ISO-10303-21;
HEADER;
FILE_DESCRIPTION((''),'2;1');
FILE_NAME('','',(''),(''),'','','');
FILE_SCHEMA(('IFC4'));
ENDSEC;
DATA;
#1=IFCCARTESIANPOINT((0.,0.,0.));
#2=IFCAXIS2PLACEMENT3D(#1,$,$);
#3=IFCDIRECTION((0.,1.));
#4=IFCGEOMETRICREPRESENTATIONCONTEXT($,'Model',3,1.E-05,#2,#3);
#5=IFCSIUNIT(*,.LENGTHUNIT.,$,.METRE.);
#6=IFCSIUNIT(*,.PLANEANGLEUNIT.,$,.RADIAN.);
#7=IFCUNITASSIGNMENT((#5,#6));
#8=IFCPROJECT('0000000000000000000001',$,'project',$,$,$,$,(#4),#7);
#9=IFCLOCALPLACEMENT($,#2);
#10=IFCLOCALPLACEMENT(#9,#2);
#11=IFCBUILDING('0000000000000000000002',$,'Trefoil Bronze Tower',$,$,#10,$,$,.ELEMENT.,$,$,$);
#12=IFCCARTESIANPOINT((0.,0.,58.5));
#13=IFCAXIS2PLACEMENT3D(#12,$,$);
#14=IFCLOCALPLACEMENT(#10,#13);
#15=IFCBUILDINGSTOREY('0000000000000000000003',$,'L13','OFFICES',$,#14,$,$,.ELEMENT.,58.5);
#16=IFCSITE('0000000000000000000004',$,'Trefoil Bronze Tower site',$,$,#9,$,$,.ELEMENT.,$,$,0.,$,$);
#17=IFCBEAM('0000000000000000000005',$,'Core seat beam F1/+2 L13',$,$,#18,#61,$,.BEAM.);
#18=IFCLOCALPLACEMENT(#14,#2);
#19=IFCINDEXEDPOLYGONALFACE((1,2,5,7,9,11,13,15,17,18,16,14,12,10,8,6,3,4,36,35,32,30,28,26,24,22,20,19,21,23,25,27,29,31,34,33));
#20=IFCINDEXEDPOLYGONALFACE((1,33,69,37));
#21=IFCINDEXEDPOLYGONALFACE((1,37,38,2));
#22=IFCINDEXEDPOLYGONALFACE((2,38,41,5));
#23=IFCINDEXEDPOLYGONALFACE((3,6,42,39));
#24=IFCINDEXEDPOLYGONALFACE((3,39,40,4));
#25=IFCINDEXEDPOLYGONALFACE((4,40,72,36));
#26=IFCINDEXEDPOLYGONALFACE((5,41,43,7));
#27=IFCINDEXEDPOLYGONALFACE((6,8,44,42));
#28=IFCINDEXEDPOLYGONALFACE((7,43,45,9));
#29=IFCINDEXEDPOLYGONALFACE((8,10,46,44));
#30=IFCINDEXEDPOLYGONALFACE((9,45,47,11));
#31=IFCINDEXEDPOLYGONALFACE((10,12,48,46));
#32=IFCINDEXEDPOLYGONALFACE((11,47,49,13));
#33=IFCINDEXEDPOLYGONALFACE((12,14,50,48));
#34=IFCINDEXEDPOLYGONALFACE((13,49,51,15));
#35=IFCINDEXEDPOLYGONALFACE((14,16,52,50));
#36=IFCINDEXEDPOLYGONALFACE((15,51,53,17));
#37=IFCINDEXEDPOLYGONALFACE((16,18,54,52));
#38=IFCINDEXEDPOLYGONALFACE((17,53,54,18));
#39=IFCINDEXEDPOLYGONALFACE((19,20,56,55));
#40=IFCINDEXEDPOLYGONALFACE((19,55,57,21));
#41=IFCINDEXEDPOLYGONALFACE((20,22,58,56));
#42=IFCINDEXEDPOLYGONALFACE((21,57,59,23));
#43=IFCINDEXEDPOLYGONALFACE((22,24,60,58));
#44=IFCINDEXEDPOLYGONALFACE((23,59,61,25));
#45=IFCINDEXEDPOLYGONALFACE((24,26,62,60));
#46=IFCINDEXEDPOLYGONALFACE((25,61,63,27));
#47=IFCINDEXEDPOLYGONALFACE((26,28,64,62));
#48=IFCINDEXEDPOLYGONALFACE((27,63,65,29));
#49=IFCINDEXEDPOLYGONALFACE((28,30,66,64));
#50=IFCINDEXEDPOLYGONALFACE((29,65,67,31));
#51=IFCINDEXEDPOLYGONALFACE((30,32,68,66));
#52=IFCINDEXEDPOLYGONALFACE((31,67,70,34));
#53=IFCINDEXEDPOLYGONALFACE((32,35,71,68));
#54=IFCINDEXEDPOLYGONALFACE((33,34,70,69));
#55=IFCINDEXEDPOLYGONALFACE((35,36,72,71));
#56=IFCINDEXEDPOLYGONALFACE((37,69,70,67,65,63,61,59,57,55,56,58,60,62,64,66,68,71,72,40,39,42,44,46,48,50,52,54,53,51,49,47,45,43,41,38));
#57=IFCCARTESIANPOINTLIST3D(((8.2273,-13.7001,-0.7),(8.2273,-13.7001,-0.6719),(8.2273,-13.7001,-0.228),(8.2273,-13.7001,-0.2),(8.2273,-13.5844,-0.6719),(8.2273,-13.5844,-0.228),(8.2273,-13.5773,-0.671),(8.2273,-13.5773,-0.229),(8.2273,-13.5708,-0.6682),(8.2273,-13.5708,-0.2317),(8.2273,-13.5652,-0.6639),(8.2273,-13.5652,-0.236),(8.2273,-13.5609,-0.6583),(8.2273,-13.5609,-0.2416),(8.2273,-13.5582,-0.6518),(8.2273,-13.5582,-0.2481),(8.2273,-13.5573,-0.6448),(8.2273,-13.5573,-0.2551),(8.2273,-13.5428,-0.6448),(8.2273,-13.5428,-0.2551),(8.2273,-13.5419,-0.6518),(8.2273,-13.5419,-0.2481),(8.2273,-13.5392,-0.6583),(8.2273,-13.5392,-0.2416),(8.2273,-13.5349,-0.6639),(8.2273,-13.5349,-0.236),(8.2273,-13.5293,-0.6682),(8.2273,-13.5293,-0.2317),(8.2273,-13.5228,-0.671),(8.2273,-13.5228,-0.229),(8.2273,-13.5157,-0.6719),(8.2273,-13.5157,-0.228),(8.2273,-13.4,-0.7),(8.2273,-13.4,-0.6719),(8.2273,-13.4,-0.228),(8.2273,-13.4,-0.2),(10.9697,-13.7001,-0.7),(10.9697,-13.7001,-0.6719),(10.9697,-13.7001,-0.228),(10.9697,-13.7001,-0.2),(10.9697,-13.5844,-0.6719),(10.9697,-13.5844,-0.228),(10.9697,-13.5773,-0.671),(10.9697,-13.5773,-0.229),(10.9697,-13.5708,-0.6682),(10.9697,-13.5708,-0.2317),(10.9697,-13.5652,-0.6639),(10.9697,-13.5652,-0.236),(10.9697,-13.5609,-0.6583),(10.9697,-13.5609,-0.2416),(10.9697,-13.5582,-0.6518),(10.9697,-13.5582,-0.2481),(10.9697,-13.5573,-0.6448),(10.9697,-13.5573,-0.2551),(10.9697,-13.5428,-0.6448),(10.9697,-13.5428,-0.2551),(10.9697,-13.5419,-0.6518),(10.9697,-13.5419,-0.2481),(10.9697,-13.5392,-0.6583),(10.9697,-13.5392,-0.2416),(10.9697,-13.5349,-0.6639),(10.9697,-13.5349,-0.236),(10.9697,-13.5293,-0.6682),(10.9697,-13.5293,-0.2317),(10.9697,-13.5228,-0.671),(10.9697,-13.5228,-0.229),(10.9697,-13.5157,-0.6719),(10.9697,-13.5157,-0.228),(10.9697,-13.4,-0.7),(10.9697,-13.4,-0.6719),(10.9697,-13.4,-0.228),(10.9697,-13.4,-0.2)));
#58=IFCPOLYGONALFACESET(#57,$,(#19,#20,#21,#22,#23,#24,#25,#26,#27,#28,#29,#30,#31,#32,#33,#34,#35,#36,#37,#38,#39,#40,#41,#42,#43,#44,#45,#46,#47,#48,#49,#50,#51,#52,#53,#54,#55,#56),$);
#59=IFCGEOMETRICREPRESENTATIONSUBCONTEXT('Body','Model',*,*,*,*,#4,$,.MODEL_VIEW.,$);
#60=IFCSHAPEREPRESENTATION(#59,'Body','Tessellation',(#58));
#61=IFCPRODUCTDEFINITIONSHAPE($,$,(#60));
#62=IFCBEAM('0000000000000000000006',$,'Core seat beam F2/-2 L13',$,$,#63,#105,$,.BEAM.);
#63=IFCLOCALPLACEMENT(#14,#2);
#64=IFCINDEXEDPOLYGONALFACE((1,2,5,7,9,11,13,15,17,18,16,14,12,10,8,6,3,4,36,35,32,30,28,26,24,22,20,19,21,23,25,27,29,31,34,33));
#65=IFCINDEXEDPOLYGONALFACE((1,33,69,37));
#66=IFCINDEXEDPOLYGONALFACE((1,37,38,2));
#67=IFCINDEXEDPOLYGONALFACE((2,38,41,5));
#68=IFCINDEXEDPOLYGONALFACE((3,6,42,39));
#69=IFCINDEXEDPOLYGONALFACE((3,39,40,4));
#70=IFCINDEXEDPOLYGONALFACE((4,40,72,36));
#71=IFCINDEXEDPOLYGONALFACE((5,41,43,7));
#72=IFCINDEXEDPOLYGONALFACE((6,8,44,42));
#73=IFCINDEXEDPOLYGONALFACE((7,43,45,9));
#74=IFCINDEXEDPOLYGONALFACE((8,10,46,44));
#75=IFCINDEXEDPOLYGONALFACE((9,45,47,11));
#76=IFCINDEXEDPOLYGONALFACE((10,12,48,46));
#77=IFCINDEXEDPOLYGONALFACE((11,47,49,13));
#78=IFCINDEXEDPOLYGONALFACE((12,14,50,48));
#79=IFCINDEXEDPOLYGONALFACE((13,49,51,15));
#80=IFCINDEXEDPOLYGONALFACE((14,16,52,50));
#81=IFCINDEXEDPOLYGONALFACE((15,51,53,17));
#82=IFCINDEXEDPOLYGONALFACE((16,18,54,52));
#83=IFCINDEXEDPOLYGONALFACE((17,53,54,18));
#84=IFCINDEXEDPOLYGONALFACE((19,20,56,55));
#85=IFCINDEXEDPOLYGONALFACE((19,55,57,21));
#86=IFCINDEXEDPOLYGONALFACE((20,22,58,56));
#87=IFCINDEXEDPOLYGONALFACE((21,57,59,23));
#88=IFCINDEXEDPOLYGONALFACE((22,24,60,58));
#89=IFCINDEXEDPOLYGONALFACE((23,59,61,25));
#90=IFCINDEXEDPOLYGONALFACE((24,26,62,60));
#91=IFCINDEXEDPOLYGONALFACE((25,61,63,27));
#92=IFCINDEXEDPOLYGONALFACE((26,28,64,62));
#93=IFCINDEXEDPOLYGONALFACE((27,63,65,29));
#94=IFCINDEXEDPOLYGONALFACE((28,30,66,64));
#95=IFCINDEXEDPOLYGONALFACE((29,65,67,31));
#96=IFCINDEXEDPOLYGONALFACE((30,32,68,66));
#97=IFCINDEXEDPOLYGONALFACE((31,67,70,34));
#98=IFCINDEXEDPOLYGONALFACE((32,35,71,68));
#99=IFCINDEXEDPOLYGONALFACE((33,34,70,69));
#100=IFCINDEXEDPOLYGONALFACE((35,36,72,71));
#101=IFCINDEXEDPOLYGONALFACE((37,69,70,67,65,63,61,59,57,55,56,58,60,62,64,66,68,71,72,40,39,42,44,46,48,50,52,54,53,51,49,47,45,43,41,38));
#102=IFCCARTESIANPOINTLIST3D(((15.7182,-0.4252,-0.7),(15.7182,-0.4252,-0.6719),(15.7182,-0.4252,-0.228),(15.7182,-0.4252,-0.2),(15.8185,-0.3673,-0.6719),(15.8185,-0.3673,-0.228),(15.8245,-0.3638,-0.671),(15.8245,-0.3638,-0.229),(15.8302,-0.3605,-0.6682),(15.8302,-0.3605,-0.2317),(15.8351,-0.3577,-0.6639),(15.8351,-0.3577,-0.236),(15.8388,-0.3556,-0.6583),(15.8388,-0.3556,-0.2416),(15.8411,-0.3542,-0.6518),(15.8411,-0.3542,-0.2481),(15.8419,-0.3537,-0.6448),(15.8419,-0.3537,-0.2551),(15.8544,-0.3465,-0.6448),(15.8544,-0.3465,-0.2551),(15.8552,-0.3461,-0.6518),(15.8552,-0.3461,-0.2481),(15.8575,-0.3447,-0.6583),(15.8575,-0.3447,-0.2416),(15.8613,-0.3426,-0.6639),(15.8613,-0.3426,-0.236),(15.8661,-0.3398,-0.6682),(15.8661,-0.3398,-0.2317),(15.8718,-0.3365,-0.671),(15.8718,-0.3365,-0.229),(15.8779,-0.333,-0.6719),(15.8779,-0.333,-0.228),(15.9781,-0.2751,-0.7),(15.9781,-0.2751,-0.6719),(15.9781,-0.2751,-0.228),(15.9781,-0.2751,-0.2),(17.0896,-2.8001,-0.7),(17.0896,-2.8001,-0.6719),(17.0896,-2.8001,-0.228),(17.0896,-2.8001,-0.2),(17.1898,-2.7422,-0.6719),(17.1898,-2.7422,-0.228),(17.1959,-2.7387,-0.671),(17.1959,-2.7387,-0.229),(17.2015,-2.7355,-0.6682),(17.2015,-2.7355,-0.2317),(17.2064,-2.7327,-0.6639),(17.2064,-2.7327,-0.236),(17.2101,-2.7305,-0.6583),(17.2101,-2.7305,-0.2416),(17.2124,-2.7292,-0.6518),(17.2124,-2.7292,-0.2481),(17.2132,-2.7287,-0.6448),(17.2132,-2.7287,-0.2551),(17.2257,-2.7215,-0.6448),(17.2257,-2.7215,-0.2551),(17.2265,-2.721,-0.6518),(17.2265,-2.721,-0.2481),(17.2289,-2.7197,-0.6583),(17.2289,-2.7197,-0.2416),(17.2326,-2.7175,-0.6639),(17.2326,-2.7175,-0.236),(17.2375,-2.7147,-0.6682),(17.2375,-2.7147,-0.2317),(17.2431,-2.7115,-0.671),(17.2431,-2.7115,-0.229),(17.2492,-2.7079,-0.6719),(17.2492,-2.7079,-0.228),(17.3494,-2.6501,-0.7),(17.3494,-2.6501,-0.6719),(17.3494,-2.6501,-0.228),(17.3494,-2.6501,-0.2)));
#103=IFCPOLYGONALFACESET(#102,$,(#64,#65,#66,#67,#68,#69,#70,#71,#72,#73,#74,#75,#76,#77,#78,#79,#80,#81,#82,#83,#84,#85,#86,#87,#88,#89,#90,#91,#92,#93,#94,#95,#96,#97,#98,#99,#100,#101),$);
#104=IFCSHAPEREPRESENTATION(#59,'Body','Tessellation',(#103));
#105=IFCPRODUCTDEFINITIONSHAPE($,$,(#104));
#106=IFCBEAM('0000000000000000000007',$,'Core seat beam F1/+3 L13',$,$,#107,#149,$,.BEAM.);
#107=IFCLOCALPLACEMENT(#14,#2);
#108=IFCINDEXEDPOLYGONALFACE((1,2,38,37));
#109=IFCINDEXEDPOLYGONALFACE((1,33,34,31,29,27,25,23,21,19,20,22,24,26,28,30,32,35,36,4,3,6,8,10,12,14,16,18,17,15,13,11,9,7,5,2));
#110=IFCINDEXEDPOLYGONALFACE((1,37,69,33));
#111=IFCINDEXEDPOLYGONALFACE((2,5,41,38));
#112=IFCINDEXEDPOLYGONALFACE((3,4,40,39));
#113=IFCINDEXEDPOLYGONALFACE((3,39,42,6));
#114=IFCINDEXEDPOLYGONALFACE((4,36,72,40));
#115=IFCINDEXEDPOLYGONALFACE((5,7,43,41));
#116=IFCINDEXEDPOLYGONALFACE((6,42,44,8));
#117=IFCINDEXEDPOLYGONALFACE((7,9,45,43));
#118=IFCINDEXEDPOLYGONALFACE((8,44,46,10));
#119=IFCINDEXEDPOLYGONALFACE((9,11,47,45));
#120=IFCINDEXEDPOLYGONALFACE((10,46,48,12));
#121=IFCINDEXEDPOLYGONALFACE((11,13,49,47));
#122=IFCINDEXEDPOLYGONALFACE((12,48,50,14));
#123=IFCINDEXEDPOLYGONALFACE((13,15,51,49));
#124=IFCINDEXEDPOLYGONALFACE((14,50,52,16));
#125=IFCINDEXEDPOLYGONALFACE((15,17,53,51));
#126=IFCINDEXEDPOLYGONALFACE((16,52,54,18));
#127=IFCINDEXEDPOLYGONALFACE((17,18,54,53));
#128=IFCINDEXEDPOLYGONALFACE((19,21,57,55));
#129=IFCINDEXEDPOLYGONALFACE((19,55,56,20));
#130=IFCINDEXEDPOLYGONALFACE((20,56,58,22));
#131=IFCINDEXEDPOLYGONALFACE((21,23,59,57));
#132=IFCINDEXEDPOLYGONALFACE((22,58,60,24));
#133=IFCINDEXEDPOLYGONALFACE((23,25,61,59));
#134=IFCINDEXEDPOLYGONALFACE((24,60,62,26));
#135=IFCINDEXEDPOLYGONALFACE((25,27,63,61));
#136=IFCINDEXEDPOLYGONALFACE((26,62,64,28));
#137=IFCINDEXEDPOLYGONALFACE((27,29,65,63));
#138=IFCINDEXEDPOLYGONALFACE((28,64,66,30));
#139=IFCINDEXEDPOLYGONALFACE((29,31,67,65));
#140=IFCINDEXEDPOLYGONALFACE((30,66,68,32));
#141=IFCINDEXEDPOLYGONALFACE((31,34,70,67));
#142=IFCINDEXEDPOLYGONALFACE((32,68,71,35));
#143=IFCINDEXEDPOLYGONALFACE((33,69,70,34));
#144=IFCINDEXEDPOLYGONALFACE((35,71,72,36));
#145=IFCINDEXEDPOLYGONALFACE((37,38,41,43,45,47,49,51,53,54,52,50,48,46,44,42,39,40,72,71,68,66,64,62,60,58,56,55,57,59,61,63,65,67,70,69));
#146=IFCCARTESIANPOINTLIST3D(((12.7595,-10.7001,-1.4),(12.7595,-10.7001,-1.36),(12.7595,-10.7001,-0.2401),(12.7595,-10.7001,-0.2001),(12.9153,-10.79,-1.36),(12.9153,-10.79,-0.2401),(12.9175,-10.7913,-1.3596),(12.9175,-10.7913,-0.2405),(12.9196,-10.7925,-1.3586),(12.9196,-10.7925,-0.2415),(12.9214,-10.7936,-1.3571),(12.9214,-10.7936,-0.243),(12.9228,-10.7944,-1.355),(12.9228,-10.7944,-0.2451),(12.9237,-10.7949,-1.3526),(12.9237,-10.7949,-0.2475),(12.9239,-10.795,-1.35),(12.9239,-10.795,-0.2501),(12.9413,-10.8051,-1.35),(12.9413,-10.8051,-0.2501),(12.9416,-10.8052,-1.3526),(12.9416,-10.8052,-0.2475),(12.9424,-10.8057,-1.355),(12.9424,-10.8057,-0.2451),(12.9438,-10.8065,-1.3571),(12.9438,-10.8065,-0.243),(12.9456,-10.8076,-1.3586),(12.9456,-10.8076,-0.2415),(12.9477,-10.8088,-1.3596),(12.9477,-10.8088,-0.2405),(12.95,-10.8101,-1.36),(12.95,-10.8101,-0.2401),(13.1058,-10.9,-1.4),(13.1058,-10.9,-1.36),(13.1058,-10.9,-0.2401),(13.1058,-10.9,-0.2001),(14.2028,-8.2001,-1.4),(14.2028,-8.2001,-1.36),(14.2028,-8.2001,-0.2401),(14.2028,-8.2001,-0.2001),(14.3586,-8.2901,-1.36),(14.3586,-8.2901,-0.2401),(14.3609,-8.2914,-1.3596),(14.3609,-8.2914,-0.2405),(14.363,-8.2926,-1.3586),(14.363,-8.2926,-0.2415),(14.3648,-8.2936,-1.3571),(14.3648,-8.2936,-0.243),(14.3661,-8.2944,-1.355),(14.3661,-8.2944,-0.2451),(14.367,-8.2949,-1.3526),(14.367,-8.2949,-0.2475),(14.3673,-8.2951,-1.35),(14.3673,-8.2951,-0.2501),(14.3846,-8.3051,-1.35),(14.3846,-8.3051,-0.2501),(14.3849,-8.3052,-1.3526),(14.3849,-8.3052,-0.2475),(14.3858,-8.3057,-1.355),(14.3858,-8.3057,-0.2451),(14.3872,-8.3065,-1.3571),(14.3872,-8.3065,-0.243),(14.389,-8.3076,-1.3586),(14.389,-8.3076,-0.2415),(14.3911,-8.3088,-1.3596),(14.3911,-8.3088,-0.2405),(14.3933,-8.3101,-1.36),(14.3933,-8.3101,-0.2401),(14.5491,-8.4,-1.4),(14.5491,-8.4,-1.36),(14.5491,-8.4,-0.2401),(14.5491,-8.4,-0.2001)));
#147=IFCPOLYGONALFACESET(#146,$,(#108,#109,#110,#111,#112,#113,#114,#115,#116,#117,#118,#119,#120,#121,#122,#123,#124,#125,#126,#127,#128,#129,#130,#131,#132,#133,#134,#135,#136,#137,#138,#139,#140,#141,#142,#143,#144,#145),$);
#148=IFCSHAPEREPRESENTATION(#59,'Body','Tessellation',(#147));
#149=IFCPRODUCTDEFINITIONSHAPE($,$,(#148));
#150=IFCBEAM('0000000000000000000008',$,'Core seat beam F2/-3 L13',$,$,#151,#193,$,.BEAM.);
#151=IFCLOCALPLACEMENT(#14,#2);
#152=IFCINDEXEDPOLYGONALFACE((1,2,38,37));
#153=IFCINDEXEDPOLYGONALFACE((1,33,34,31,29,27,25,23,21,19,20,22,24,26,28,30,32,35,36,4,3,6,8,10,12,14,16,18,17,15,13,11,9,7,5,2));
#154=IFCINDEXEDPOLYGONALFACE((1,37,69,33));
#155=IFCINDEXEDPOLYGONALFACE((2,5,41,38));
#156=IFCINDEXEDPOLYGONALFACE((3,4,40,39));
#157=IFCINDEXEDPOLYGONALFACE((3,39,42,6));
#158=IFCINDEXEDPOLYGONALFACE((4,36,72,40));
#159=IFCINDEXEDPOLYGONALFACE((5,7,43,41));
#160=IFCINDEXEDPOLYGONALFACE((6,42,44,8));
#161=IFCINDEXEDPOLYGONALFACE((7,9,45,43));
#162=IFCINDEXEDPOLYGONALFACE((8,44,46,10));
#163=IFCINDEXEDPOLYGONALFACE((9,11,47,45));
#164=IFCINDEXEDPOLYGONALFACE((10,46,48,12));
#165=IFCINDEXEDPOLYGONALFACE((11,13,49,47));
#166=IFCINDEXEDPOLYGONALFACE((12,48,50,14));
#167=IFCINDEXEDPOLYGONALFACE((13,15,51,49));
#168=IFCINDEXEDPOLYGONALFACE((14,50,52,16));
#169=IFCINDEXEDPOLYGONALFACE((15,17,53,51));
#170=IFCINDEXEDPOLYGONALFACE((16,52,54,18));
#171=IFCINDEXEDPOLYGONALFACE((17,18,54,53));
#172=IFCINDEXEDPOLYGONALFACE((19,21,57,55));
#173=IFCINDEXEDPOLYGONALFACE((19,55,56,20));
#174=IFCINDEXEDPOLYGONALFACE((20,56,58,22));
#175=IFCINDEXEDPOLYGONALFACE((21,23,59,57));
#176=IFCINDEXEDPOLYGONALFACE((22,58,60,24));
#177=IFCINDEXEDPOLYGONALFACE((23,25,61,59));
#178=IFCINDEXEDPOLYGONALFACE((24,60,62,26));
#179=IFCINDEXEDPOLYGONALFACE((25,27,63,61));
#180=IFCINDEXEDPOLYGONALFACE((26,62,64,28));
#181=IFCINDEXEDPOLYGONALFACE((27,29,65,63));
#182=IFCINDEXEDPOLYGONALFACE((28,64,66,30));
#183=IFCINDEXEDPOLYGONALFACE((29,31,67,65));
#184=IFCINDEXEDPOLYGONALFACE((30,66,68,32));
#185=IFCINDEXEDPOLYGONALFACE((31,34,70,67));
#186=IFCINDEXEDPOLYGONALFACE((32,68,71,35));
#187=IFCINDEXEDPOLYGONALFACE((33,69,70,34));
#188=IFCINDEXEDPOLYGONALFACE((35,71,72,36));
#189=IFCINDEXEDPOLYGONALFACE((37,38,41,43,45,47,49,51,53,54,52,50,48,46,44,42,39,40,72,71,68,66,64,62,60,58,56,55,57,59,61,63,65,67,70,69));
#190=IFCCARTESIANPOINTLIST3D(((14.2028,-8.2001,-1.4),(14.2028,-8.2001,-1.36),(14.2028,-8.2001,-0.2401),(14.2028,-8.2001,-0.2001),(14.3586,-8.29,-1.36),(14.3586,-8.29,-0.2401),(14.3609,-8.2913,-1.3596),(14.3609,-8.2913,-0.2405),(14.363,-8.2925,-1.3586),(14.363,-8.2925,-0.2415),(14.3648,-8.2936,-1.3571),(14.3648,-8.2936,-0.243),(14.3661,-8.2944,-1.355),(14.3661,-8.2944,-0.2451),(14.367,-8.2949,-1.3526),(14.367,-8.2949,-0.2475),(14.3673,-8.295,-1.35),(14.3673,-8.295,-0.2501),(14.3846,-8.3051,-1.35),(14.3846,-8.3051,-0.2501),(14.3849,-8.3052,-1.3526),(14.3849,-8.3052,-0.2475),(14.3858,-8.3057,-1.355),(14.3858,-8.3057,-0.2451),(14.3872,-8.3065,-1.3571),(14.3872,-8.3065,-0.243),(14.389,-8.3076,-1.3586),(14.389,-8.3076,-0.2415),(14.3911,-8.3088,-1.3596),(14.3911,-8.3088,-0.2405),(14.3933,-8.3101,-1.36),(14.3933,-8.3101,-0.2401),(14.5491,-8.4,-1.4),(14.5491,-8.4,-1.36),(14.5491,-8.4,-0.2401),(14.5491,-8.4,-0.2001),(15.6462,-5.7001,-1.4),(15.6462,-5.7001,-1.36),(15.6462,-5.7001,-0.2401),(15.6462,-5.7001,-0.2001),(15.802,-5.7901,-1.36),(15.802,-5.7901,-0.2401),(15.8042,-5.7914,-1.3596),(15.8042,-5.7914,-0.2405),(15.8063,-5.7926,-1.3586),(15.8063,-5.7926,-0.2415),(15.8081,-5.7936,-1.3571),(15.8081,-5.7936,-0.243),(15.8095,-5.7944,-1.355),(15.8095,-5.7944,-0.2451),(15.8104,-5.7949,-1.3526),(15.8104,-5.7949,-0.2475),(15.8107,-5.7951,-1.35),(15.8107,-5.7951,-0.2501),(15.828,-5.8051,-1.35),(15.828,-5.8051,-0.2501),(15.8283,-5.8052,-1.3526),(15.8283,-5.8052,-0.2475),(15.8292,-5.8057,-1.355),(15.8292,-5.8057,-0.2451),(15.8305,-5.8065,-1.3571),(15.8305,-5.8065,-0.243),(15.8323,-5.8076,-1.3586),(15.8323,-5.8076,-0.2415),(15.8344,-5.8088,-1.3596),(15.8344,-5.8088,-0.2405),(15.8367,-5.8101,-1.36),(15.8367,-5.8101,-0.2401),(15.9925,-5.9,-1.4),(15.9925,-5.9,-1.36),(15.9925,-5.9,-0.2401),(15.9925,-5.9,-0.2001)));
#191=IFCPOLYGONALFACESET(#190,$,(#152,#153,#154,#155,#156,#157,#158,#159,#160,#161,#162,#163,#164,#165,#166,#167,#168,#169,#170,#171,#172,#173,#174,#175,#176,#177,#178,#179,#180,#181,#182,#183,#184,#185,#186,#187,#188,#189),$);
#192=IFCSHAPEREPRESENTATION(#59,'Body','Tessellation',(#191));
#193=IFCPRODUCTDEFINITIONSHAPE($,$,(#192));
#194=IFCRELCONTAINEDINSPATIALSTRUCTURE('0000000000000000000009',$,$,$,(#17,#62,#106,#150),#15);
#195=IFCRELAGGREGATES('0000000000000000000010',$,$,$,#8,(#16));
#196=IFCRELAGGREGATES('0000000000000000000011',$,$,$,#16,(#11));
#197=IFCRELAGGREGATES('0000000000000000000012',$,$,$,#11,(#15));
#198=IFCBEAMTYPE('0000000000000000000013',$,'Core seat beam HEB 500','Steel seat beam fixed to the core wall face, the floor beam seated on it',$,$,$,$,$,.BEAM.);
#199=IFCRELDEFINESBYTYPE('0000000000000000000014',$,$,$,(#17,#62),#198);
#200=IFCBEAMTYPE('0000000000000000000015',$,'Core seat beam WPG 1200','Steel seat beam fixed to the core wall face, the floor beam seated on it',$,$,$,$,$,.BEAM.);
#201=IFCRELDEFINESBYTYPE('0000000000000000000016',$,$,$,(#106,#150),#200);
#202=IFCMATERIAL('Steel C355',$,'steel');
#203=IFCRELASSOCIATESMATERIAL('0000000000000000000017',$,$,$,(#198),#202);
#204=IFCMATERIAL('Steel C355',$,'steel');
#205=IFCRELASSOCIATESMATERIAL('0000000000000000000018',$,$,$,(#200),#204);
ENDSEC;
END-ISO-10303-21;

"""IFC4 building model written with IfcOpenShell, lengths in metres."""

from ifc_helpers import new_model, si_unit, direction, frame, origin, origin_2d, place, context, subcontext, project, spatial, i_section, extrude, material, material_profile, profile_set, type_object, element, save


model = new_model("IFC4")

# Units and contexts
model_context = context("Model", 3, precision=1e-05, world=origin(), true_north=direction((0.0, 1.0)))
body_context = subcontext(model_context, "Body", "Model", "MODEL_VIEW")
ifc_project = project(units=[si_unit("LENGTHUNIT", "METRE"), si_unit("PLANEANGLEUNIT", "RADIAN")], contexts=[model_context])

# Site, building, storey
site_placement = place(None, origin())
site = spatial("IfcSite", under=ifc_project, at=site_placement, Name="Trefoil Bronze Tower site", CompositionType="ELEMENT", RefElevation=0.0)
building_placement = place(site_placement, origin())
building = spatial("IfcBuilding", under=site, at=building_placement, Name="Trefoil Bronze Tower", CompositionType="ELEMENT")
storey_placement = place(building_placement, frame((0.0, 0.0, 58.5)))
storey = spatial("IfcBuildingStorey", under=building, at=storey_placement, Name="L13", Description="OFFICES", CompositionType="ELEMENT", Elevation=58.5)

# Beams
ifc_material_1 = material(Name="Steel C355", Category="steel")
ifc_material_profile_1 = material_profile(ifc_material_1, i_section(OverallWidth=0.3, OverallDepth=0.5, WebThickness=0.0144, FlangeThickness=0.0281, FilletRadius=0.0271, at=origin_2d()), Name="HEB 500")
ifc_profile_set_1 = profile_set([ifc_material_profile_1], Name="Steel C355")
beam_type_1 = type_object("IfcBeamType", Name="Core seat beam HEB 500", Description="Steel seat beam fixed to the core wall face, the floor beam seated on it", PredefinedType="BEAM", material=ifc_profile_set_1)
for number, where, z_axis, x_axis, name in (
    (1, (8.2273, -13.55, -0.45), (1.0, 0.0, 0.0), (0.0, 1.0, 0.0), "Core seat beam F1/+2 L13"),
    (2, (17.2195, -2.7251, -0.45), (-0.500036, 0.866005, 0.0), (-0.866005, -0.500036, 0.0), "Core seat beam F2/-2 L13"),
):
    element("IfcBeam", number, at=place(storey_placement, frame(where, z_axis=z_axis, x_axis=x_axis)), inside=storey, type_object=beam_type_1, Name=name, PredefinedType="BEAM", context=body_context, shape_type="SweptSolid", body=[
        extrude(i_section(OverallWidth=0.3, OverallDepth=0.5, WebThickness=0.0144, FlangeThickness=0.0281, FilletRadius=0.0271, at=origin_2d()), origin(), (0.0, 0.0, 1.0), 2.7424),
    ])
ifc_material_2 = material(Name="Steel C355", Category="steel")
ifc_material_profile_2 = material_profile(ifc_material_2, i_section(OverallWidth=0.3999, OverallDepth=1.2, WebThickness=0.02, FlangeThickness=0.04, FilletRadius=0.01, at=origin_2d()), Name="WPG 1200")
ifc_profile_set_2 = profile_set([ifc_material_profile_2], Name="Steel C355")
beam_type_2 = type_object("IfcBeamType", Name="Core seat beam WPG 1200", Description="Steel seat beam fixed to the core wall face, the floor beam seated on it", PredefinedType="BEAM", material=ifc_profile_set_2)
for number, where, z_axis, x_axis, name in (
    (3, (12.9326, -10.8, -0.8), (0.499996, 0.866028, 0.0), (-0.866028, 0.499996, 0.0), "Core seat beam F1/+3 L13"),
    (4, (14.376, -8.3, -0.8), (0.499996, 0.866028, 0.0), (-0.866028, 0.499996, 0.0), "Core seat beam F2/-3 L13"),
):
    element("IfcBeam", number, at=place(storey_placement, frame(where, z_axis=z_axis, x_axis=x_axis)), inside=storey, type_object=beam_type_2, Name=name, PredefinedType="BEAM", context=body_context, shape_type="SweptSolid", body=[
        extrude(i_section(OverallWidth=0.3999, OverallDepth=1.2, WebThickness=0.02, FlangeThickness=0.04, FilletRadius=0.01, at=origin_2d()), origin(), (0.0, 0.0, 1.0), 2.8867),
    ])

save(model, "model.ifc")
